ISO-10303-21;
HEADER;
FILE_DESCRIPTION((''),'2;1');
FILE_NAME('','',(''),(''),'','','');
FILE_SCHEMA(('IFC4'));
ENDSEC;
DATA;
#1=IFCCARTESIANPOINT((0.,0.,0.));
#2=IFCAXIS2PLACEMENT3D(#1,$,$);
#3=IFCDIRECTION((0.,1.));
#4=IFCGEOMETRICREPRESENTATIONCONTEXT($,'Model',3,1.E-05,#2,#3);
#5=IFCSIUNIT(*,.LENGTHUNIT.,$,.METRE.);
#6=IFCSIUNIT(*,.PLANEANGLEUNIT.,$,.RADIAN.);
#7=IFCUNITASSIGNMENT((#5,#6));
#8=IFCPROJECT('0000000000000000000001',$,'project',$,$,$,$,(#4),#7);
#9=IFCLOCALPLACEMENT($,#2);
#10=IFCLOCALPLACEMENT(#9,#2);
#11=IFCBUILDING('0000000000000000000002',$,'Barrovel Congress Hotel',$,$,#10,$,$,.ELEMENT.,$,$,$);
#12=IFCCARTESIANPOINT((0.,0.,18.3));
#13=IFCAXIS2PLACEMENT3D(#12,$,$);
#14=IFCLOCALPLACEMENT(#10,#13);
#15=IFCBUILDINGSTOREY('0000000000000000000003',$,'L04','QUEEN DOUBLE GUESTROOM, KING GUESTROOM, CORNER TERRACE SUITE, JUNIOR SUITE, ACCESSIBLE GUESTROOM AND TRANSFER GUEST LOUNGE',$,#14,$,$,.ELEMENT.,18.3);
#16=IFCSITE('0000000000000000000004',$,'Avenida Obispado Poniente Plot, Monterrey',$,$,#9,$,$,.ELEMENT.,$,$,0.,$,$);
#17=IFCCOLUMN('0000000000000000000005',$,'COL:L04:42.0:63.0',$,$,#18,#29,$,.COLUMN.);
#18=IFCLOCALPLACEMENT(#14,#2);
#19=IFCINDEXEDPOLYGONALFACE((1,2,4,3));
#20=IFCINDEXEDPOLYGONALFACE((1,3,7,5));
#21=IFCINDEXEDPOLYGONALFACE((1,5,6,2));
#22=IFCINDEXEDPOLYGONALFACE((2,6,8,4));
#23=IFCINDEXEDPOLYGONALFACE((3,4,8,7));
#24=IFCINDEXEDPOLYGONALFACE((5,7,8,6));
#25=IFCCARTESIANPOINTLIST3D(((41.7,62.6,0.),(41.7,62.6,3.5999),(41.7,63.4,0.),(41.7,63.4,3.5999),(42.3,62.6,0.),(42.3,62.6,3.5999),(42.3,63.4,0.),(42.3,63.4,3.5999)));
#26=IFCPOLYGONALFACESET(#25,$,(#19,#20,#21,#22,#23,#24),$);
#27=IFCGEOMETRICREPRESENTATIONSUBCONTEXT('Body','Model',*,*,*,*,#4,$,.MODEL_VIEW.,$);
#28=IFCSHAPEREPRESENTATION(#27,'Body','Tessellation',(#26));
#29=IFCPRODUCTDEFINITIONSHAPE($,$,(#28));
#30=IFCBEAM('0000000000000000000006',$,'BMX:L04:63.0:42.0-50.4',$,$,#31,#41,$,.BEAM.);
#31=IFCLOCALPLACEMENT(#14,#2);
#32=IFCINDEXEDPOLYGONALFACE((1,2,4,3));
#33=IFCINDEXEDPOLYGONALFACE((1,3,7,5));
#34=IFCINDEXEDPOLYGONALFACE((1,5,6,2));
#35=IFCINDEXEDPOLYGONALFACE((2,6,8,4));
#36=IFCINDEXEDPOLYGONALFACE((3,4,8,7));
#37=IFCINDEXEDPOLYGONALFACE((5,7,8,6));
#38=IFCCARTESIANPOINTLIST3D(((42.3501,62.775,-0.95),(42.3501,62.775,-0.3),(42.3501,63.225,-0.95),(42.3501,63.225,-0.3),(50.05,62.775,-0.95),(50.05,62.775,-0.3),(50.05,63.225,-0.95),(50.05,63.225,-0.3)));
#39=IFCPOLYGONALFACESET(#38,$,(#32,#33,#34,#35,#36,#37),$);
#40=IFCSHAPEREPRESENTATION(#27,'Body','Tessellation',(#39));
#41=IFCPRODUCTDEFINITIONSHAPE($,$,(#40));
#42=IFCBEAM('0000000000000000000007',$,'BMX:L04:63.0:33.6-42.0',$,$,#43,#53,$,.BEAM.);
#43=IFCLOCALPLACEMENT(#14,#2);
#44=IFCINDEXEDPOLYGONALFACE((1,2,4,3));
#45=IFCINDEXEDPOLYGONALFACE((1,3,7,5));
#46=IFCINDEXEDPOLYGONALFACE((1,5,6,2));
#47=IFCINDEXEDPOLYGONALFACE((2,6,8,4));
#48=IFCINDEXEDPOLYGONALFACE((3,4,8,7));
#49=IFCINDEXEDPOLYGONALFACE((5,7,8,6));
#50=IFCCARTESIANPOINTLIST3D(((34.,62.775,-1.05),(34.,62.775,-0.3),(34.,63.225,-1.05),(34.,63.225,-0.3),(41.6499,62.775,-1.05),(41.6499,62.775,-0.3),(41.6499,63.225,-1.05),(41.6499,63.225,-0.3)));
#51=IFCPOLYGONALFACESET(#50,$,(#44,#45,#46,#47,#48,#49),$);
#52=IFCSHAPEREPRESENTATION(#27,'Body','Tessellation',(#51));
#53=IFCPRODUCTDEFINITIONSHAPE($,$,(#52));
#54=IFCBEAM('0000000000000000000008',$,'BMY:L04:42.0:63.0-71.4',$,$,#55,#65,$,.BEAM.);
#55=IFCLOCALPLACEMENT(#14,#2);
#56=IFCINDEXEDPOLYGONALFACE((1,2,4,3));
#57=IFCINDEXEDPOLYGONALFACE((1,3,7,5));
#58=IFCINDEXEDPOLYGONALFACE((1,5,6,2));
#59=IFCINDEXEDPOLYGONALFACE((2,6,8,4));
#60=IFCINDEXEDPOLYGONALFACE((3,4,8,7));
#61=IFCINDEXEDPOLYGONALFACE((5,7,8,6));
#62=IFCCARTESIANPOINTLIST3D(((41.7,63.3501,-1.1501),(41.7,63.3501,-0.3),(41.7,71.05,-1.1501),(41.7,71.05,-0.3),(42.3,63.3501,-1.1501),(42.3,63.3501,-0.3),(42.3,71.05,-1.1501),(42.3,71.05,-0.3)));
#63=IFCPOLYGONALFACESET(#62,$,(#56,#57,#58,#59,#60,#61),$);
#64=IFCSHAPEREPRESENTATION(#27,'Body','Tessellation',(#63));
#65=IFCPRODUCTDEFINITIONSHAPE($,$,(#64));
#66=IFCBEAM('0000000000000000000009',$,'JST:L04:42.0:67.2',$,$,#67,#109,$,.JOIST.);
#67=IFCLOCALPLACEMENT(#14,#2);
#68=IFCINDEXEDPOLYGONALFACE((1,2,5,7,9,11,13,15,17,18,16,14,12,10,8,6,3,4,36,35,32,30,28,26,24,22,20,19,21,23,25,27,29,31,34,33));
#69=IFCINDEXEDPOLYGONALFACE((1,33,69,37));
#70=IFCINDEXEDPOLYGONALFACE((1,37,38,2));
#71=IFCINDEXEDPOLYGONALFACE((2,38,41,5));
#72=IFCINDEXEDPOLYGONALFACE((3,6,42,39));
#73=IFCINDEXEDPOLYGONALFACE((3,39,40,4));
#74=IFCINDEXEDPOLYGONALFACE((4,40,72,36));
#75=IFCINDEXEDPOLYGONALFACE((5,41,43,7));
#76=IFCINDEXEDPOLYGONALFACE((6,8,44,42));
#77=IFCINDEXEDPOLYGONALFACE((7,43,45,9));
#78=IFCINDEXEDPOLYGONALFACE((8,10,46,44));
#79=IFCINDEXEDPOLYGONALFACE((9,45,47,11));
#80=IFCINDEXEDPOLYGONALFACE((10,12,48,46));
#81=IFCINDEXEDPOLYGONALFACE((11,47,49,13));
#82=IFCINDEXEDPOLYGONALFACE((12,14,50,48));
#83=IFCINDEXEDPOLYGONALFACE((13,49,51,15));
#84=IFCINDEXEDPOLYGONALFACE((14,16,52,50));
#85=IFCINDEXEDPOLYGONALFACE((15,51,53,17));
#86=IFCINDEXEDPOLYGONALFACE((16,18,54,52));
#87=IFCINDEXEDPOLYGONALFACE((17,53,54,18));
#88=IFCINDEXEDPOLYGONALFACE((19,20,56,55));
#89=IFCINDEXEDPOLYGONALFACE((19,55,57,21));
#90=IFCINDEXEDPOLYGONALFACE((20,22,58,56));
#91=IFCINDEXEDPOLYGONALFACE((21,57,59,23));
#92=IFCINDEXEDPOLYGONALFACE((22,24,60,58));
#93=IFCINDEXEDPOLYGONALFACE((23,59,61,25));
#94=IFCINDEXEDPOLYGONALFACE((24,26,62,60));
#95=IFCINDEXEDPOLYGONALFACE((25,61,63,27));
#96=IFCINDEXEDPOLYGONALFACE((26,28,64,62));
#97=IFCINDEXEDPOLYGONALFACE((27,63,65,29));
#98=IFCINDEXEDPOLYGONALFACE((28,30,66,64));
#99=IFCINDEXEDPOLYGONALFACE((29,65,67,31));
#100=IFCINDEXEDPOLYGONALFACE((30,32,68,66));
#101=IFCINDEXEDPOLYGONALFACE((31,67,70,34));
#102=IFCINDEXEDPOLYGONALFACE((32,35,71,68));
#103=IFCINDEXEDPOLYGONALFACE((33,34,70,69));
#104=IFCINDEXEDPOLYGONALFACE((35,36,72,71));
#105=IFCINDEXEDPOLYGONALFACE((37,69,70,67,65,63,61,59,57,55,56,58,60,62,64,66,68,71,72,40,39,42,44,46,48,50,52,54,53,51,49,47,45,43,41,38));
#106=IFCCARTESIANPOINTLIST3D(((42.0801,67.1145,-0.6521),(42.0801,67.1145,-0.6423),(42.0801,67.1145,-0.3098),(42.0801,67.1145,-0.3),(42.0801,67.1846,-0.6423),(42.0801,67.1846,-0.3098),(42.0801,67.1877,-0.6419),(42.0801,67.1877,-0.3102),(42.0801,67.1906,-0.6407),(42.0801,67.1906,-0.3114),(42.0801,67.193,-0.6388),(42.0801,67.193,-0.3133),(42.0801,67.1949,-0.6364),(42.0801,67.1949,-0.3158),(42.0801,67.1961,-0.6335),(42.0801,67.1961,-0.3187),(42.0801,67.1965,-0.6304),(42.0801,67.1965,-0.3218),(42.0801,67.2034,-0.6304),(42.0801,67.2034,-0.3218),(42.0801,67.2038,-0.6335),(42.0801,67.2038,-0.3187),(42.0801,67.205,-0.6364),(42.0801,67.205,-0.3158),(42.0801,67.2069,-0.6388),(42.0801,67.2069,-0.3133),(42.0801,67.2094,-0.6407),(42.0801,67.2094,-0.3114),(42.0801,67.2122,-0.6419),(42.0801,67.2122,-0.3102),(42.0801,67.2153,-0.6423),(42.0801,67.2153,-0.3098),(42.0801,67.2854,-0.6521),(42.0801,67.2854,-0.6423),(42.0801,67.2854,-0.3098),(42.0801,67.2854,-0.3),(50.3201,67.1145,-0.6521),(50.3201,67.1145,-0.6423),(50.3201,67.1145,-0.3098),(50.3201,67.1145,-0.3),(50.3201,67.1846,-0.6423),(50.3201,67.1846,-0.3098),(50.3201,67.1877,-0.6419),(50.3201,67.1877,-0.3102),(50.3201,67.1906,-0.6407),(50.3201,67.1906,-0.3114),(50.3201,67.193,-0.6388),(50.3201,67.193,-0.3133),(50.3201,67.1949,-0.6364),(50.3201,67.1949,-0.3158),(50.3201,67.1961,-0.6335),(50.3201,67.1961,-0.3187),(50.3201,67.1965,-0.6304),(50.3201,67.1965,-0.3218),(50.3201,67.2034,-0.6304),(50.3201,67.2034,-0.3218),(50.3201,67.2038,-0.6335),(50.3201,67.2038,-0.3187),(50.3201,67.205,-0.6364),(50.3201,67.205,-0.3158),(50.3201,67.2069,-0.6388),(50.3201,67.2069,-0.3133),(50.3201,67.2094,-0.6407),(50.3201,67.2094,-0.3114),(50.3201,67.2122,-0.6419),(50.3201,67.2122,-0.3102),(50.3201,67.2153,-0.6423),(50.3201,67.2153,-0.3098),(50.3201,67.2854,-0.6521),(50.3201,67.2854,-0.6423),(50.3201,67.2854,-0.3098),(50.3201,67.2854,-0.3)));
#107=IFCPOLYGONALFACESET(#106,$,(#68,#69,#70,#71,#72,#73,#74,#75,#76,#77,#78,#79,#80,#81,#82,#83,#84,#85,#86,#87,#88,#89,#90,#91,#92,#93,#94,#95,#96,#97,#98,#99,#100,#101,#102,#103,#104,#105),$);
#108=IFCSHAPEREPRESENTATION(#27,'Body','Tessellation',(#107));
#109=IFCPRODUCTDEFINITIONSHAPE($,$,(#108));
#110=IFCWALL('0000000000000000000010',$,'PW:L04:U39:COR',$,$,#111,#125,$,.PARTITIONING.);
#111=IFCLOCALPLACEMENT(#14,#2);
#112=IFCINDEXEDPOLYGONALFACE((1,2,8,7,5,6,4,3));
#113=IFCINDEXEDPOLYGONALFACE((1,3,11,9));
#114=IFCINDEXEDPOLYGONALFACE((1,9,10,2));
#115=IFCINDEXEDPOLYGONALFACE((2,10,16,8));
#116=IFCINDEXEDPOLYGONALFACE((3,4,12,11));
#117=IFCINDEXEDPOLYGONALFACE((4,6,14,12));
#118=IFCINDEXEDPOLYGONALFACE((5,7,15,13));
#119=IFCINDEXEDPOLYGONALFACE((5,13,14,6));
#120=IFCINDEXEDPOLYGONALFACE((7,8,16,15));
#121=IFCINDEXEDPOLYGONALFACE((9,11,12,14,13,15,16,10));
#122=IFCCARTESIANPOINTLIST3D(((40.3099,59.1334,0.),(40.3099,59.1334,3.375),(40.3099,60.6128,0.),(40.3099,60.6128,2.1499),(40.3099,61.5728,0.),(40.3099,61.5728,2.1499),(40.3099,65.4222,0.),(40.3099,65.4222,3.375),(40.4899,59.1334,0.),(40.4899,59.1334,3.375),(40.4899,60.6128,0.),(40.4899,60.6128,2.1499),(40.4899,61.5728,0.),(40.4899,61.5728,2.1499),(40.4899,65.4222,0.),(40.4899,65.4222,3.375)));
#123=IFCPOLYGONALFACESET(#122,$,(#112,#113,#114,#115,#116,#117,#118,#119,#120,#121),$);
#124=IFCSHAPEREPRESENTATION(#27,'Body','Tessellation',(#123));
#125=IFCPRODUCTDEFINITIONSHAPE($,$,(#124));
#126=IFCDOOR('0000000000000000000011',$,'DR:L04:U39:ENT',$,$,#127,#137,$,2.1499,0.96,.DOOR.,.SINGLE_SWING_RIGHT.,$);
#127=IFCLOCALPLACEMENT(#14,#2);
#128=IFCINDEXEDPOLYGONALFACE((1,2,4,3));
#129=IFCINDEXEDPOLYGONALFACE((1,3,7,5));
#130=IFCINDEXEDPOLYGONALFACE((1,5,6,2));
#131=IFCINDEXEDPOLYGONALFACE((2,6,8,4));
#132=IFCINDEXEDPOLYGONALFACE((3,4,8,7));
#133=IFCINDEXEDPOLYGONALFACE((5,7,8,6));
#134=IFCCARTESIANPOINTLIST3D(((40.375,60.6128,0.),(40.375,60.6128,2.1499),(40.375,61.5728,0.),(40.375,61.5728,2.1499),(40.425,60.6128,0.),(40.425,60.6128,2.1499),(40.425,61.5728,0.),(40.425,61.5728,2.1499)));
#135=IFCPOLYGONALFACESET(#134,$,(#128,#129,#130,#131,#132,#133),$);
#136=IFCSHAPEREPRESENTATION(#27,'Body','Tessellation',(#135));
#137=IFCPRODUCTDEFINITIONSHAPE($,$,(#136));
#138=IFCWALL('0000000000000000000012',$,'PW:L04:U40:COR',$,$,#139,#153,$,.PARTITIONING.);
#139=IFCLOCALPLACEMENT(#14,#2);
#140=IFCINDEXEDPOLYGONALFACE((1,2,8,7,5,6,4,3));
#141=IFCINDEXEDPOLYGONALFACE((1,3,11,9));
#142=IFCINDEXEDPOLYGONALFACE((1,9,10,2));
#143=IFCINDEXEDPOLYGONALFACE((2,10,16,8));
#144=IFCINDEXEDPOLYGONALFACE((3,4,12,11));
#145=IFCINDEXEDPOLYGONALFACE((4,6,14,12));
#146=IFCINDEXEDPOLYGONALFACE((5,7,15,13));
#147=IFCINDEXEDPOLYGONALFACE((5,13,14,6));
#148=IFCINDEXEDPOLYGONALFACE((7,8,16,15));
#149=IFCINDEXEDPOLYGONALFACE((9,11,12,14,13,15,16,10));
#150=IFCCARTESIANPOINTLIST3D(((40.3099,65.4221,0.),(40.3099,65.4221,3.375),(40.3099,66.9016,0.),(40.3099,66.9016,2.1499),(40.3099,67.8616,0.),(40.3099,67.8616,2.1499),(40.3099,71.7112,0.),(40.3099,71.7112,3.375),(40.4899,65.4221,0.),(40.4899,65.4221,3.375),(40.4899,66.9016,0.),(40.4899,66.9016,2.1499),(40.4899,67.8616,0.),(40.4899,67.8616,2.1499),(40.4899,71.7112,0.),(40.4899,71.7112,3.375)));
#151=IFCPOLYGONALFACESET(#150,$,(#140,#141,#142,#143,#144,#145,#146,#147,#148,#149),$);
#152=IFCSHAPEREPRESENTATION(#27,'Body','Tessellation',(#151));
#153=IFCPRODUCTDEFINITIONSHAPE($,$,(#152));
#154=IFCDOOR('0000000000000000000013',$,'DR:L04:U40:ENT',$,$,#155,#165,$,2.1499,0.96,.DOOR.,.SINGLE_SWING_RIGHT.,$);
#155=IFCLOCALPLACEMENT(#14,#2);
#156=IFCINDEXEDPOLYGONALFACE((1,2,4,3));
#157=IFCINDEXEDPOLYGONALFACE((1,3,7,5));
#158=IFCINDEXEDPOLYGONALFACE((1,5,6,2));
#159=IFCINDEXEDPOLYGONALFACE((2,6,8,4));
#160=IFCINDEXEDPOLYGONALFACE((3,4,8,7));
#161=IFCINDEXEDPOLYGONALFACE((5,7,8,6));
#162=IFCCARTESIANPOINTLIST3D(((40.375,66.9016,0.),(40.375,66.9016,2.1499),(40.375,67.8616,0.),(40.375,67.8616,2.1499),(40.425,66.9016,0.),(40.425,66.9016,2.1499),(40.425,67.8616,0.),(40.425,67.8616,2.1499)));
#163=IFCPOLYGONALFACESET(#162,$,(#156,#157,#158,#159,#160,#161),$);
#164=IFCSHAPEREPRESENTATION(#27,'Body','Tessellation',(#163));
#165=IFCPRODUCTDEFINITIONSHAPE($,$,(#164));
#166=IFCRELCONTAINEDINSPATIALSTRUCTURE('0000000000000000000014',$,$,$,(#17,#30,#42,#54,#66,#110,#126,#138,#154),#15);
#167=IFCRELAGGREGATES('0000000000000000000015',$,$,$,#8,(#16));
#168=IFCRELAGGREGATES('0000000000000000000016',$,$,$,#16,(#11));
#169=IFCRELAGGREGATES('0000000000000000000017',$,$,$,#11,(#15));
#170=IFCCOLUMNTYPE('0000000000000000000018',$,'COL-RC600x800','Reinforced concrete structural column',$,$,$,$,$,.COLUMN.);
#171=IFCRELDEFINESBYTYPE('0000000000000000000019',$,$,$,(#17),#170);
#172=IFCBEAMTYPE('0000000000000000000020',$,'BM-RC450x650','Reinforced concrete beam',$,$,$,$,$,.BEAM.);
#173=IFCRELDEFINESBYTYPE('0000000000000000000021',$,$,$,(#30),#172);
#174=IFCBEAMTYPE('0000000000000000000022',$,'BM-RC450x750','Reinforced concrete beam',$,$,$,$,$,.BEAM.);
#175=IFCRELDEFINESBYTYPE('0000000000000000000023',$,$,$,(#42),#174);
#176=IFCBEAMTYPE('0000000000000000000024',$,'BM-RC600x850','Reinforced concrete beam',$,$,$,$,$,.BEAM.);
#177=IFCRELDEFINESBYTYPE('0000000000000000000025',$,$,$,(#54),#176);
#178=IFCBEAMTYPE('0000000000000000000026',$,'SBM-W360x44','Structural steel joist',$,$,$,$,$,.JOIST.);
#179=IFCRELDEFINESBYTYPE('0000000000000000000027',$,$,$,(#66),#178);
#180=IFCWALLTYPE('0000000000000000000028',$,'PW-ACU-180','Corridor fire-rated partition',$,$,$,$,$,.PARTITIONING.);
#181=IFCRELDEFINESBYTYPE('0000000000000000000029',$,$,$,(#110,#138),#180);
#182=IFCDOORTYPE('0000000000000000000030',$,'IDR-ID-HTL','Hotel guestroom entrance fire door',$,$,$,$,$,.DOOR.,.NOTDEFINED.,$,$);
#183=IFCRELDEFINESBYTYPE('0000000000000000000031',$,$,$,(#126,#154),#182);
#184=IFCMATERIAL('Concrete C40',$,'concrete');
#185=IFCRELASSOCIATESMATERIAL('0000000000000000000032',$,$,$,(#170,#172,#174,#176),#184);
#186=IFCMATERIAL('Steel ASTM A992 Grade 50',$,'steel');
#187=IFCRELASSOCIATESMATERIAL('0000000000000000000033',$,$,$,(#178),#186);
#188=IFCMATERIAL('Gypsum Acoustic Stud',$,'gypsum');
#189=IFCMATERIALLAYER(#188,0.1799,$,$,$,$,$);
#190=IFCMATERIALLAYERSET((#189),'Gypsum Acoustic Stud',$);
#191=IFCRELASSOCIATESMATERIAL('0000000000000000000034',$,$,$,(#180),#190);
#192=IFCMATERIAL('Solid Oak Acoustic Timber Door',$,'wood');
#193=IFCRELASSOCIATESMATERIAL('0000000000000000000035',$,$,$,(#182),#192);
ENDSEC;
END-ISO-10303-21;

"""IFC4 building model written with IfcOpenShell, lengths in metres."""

from ifc_helpers import new_model, si_unit, direction, frame, frame_2d, origin, origin_2d, place, context, subcontext, project, spatial, rectangle, i_section, extrude, material, layer, layer_set, material_profile, profile_set, type_object, element, fill, save


model = new_model("IFC4")

# Units and contexts
model_context = context("Model", 3, precision=1e-05, world=origin(), true_north=direction((0.0, 1.0)))
body_context = subcontext(model_context, "Body", "Model", "MODEL_VIEW")
ifc_project = project(units=[si_unit("LENGTHUNIT", "METRE"), si_unit("PLANEANGLEUNIT", "RADIAN")], contexts=[model_context])

# Site, building, storey
site_placement = place(None, origin())
site = spatial("IfcSite", under=ifc_project, at=site_placement, Name="Avenida Obispado Poniente Plot, Monterrey", CompositionType="ELEMENT", RefElevation=0.0)
building_placement = place(site_placement, origin())
building = spatial("IfcBuilding", under=site, at=building_placement, Name="Barrovel Congress Hotel", CompositionType="ELEMENT")
storey_placement = place(building_placement, frame((0.0, 0.0, 18.3)))
storey = spatial("IfcBuildingStorey", under=building, at=storey_placement, Name="L04", Description="QUEEN DOUBLE GUESTROOM, KING GUESTROOM, CORNER TERRACE SUITE, JUNIOR SUITE, ACCESSIBLE GUESTROOM AND TRANSFER GUEST LOUNGE", CompositionType="ELEMENT", Elevation=18.3)

# Column
ifc_material_1 = material(Name="Concrete C40", Category="concrete")
ifc_material_profile_1 = material_profile(ifc_material_1, rectangle(XDim=0.6001, YDim=0.8, at=origin_2d()), Name="RC600x800")
ifc_profile_set_1 = profile_set([ifc_material_profile_1], Name="Concrete C40")
column_type = type_object("IfcColumnType", Name="COL-RC600x800", Description="Reinforced concrete structural column", PredefinedType="COLUMN", material=ifc_profile_set_1)
column_placement = place(storey_placement, frame((42.0, 63.0, 0.0), z_axis=(0.0, 0.0, 1.0), x_axis=(1.0, 0.0, 0.0)))
element("IfcColumn", 1, at=column_placement, inside=storey, type_object=column_type, Name="COL:L04:42.0:63.0", PredefinedType="COLUMN", context=body_context, shape_type="SweptSolid", body=[
    extrude(rectangle(XDim=0.6001, YDim=0.8, at=origin_2d()), origin(), (0.0, 0.0, 1.0), 3.5999),
])

# Beams
ifc_material_profile_2 = material_profile(ifc_material_1, rectangle(XDim=0.45, YDim=0.6499, at=origin_2d()), Name="RC450x650")
ifc_profile_set_2 = profile_set([ifc_material_profile_2], Name="Concrete C40")
beam_type_1 = type_object("IfcBeamType", Name="BM-RC450x650", Description="Reinforced concrete beam", PredefinedType="BEAM", material=ifc_profile_set_2)
beam_1_placement = place(storey_placement, frame((42.3501, 63.0, -0.625), z_axis=(1.0, 0.0, 0.0), x_axis=(0.0, 1.0, 0.0)))
element("IfcBeam", 2, at=beam_1_placement, inside=storey, type_object=beam_type_1, Name="BMX:L04:63.0:42.0-50.4", PredefinedType="BEAM", context=body_context, shape_type="SweptSolid", body=[
    extrude(rectangle(XDim=0.45, YDim=0.6499, at=origin_2d()), origin(), (0.0, 0.0, 1.0), 7.7),
])
ifc_material_profile_3 = material_profile(ifc_material_1, rectangle(XDim=0.45, YDim=0.75, at=origin_2d()), Name="RC450x750")
ifc_profile_set_3 = profile_set([ifc_material_profile_3], Name="Concrete C40")
beam_type_2 = type_object("IfcBeamType", Name="BM-RC450x750", Description="Reinforced concrete beam", PredefinedType="BEAM", material=ifc_profile_set_3)
beam_2_placement = place(storey_placement, frame((34.0, 63.0, -0.675), z_axis=(1.0, 0.0, 0.0), x_axis=(0.0, 1.0, 0.0)))
element("IfcBeam", 3, at=beam_2_placement, inside=storey, type_object=beam_type_2, Name="BMX:L04:63.0:33.6-42.0", PredefinedType="BEAM", context=body_context, shape_type="SweptSolid", body=[
    extrude(rectangle(XDim=0.45, YDim=0.75, at=origin_2d()), origin(), (0.0, 0.0, 1.0), 7.6499),
])
ifc_material_profile_4 = material_profile(ifc_material_1, rectangle(XDim=0.6001, YDim=0.8501, at=origin_2d()), Name="RC600x850")
ifc_profile_set_4 = profile_set([ifc_material_profile_4], Name="Concrete C40")
beam_type_3 = type_object("IfcBeamType", Name="BM-RC600x850", Description="Reinforced concrete beam", PredefinedType="BEAM", material=ifc_profile_set_4)
beam_3_placement = place(storey_placement, frame((42.0, 63.3501, -0.7251), z_axis=(0.0, 1.0, 0.0), x_axis=(-1.0, 0.0, 0.0)))
element("IfcBeam", 4, at=beam_3_placement, inside=storey, type_object=beam_type_3, Name="BMY:L04:42.0:63.0-71.4", PredefinedType="BEAM", context=body_context, shape_type="SweptSolid", body=[
    extrude(rectangle(XDim=0.6001, YDim=0.8501, at=origin_2d()), origin(), (0.0, 0.0, 1.0), 7.7),
])
ifc_material_2 = material(Name="Steel ASTM A992 Grade 50", Category="steel")
ifc_material_profile_5 = material_profile(ifc_material_2, i_section(OverallWidth=0.1709, OverallDepth=0.3521, WebThickness=0.0068, FlangeThickness=0.0098, FilletRadius=0.012, at=origin_2d()), Name="W360x44")
ifc_profile_set_5 = profile_set([ifc_material_profile_5], Name="Steel ASTM A992 Grade 50")
beam_type_4 = type_object("IfcBeamType", Name="SBM-W360x44", Description="Structural steel joist", PredefinedType="JOIST", material=ifc_profile_set_5)
beam_4_placement = place(storey_placement, frame((42.0801, 67.2, -0.4761), z_axis=(1.0, 0.0, 0.0), x_axis=(0.0, 1.0, 0.0)))
element("IfcBeam", 5, at=beam_4_placement, inside=storey, type_object=beam_type_4, Name="JST:L04:42.0:67.2", PredefinedType="JOIST", context=body_context, shape_type="SweptSolid", body=[
    extrude(i_section(OverallWidth=0.1709, OverallDepth=0.3521, WebThickness=0.0068, FlangeThickness=0.0098, FilletRadius=0.012, at=origin_2d()), origin(), (0.0, 0.0, 1.0), 8.24),
])

# Walls, openings, doors
ifc_material_3 = material(Name="Gypsum Acoustic Stud", Category="gypsum")
ifc_layer_1 = layer(ifc_material_3, 0.1799)
ifc_layer_set_1 = layer_set([ifc_layer_1], Name="Gypsum Acoustic Stud")
wall_type_1 = type_object("IfcWallType", Name="PW-ACU-180", Description="Corridor fire-rated partition", PredefinedType="PARTITIONING", material=ifc_layer_set_1)
wall_1_placement = place(storey_placement, frame((40.3999, 59.1333, 0.0), z_axis=(0.0, 0.0, 1.0), x_axis=(0.0, 1.0, 0.0)))
wall_1 = element("IfcWall", 6, at=wall_1_placement, inside=storey, type_object=wall_type_1, Name="PW:L04:U39:COR", PredefinedType="PARTITIONING", context=body_context, shape_type="SweptSolid", body=[
    extrude(rectangle(XDim=6.2888, YDim=0.1799, at=frame_2d((3.1445, 0.0))), origin(), (0.0, 0.0, 1.0), 3.375),
])
opening_1_placement = place(wall_1_placement, frame((1.4795, 0.0, 0.0)))
opening_1 = element("IfcOpeningElement", 7, at=opening_1_placement, cuts=wall_1, PredefinedType="OPENING", context=body_context, shape_type="SweptSolid", body=[
    extrude(rectangle(XDim=0.96, YDim=2.1499, at=frame_2d((0.48, 1.075))), frame((0.0, 0.1001, 0.0), z_axis=(0.0, -1.0, 0.0), x_axis=(1.0, 0.0, 0.0)), (0.0, 0.0, 1.0), 0.2),
])
ifc_material_4 = material(Name="Solid Oak Acoustic Timber Door", Category="wood")
door_type_1 = type_object("IfcDoorType", Name="IDR-ID-HTL", Description="Hotel guestroom entrance fire door", OperationType="NOTDEFINED", PredefinedType="DOOR", material=ifc_material_4)
door_1_placement = place(opening_1_placement, origin())
door_1 = element("IfcDoor", 8, at=door_1_placement, inside=storey, type_object=door_type_1, Name="DR:L04:U39:ENT", OperationType="SINGLE_SWING_RIGHT", OverallHeight=2.1499, OverallWidth=0.96, PredefinedType="DOOR", context=body_context, shape_type="SweptSolid", body=[
    extrude(rectangle(XDim=0.96, YDim=2.1499, at=frame_2d((0.48, 1.075))), frame((0.0, 0.0249, 0.0), z_axis=(0.0, -1.0, 0.0), x_axis=(1.0, 0.0, 0.0)), (0.0, 0.0, 1.0), 0.05),
])
fill(opening_1, door_1)
wall_2_placement = place(storey_placement, frame((40.3999, 65.4221, 0.0), z_axis=(0.0, 0.0, 1.0), x_axis=(0.0, 1.0, 0.0)))
wall_2 = element("IfcWall", 9, at=wall_2_placement, inside=storey, type_object=wall_type_1, Name="PW:L04:U40:COR", PredefinedType="PARTITIONING", context=body_context, shape_type="SweptSolid", body=[
    extrude(rectangle(XDim=6.2891, YDim=0.1799, at=frame_2d((3.1445, 0.0))), origin(), (0.0, 0.0, 1.0), 3.375),
])
opening_2_placement = place(wall_2_placement, frame((1.4795, 0.0, 0.0)))
opening_2 = element("IfcOpeningElement", 10, at=opening_2_placement, cuts=wall_2, PredefinedType="OPENING", context=body_context, shape_type="SweptSolid", body=[
    extrude(rectangle(XDim=0.96, YDim=2.1499, at=frame_2d((0.48, 1.075))), frame((0.0, 0.1001, 0.0), z_axis=(0.0, -1.0, 0.0), x_axis=(1.0, 0.0, 0.0)), (0.0, 0.0, 1.0), 0.2),
])
door_2_placement = place(opening_2_placement, origin())
door_2 = element("IfcDoor", 11, at=door_2_placement, inside=storey, type_object=door_type_1, Name="DR:L04:U40:ENT", OperationType="SINGLE_SWING_RIGHT", OverallHeight=2.1499, OverallWidth=0.96, PredefinedType="DOOR", context=body_context, shape_type="SweptSolid", body=[
    extrude(rectangle(XDim=0.96, YDim=2.1499, at=frame_2d((0.48, 1.075))), frame((0.0, 0.0249, 0.0), z_axis=(0.0, -1.0, 0.0), x_axis=(1.0, 0.0, 0.0)), (0.0, 0.0, 1.0), 0.05),
])
fill(opening_2, door_2)

save(model, "model.ifc")
